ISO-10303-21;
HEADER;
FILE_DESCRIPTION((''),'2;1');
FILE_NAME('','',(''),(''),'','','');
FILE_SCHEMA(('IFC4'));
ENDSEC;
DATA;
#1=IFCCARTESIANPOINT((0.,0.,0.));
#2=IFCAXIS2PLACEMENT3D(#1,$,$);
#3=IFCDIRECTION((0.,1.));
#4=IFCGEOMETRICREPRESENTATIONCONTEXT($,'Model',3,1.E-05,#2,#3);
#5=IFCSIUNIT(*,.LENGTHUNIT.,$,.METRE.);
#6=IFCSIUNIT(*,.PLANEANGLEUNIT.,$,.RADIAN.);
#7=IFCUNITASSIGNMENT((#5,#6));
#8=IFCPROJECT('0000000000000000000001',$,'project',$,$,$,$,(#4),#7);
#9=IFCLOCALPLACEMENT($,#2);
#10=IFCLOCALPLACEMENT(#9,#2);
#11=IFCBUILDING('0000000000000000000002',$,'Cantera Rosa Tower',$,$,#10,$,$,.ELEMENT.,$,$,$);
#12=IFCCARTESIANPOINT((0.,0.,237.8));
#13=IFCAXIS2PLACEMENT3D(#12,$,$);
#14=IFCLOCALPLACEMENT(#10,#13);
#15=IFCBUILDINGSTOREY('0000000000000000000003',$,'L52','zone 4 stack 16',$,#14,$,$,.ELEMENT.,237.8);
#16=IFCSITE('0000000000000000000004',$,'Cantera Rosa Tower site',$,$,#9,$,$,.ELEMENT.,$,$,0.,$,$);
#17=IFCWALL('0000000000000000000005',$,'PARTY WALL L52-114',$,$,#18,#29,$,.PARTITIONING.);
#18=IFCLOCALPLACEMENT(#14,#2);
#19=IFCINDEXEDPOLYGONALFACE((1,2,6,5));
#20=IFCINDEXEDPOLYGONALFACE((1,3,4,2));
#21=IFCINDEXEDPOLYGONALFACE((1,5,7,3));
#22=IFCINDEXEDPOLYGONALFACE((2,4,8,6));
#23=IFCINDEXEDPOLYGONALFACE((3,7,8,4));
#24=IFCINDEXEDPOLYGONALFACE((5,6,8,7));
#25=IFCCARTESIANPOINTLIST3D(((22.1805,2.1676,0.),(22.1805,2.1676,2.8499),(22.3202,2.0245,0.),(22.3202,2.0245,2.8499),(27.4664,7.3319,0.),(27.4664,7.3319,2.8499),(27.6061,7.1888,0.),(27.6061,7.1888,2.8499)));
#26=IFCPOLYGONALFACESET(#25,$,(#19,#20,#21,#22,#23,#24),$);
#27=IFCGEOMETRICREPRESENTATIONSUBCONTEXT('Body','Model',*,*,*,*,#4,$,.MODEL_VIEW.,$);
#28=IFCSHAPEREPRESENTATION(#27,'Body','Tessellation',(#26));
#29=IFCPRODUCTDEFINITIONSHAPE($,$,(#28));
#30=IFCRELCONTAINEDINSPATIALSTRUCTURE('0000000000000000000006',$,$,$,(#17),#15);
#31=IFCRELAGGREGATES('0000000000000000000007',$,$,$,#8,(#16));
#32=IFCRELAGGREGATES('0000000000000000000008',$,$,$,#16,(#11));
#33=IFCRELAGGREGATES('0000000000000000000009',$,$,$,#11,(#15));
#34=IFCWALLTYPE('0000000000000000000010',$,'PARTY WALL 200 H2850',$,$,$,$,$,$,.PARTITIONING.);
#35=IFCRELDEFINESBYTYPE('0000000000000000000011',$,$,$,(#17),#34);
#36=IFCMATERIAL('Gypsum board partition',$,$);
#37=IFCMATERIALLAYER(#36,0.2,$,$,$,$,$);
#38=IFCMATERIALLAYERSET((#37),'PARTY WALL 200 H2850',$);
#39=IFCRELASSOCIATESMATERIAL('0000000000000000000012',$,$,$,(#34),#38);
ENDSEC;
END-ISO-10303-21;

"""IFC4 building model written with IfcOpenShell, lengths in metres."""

from ifc_helpers import new_model, si_unit, direction, frame, frame_2d, origin, place, context, subcontext, project, spatial, rectangle, extrude, material, layer, layer_set, type_object, element, save


model = new_model("IFC4")

# Units and contexts
model_context = context("Model", 3, precision=1e-05, world=origin(), true_north=direction((0.0, 1.0)))
body_context = subcontext(model_context, "Body", "Model", "MODEL_VIEW")
ifc_project = project(units=[si_unit("LENGTHUNIT", "METRE"), si_unit("PLANEANGLEUNIT", "RADIAN")], contexts=[model_context])

# Site, building, storey
site_placement = place(None, origin())
site = spatial("IfcSite", under=ifc_project, at=site_placement, Name="Cantera Rosa Tower site", CompositionType="ELEMENT", RefElevation=0.0)
building_placement = place(site_placement, origin())
building = spatial("IfcBuilding", under=site, at=building_placement, Name="Cantera Rosa Tower", CompositionType="ELEMENT")
storey_placement = place(building_placement, frame((0.0, 0.0, 237.8)))
storey = spatial("IfcBuildingStorey", under=building, at=storey_placement, Name="L52", Description="zone 4 stack 16", CompositionType="ELEMENT", Elevation=237.8)

# Wall
ifc_material_1 = material(Name="Gypsum board partition")
ifc_layer_1 = layer(ifc_material_1, 0.2)
ifc_layer_set_1 = layer_set([ifc_layer_1], Name="PARTY WALL 200 H2850")
wall_type_1 = type_object("IfcWallType", Name="PARTY WALL 200 H2850", PredefinedType="PARTITIONING", material=ifc_layer_set_1)
wall_1_placement = place(storey_placement, frame((27.5361, 7.2603, 0.0), z_axis=(0.0, 0.0, 1.0), x_axis=(-0.715285, -0.698833, 0.0)))
element("IfcWall", 1, at=wall_1_placement, inside=storey, type_object=wall_type_1, Name="PARTY WALL L52-114", PredefinedType="PARTITIONING", context=body_context, shape_type="SweptSolid", body=[
    extrude(rectangle(XDim=7.3899, YDim=0.2, at=frame_2d((3.6948, 0.0))), origin(), (0.0, 0.0, 1.0), 2.8499),
])

save(model, "model.ifc")
